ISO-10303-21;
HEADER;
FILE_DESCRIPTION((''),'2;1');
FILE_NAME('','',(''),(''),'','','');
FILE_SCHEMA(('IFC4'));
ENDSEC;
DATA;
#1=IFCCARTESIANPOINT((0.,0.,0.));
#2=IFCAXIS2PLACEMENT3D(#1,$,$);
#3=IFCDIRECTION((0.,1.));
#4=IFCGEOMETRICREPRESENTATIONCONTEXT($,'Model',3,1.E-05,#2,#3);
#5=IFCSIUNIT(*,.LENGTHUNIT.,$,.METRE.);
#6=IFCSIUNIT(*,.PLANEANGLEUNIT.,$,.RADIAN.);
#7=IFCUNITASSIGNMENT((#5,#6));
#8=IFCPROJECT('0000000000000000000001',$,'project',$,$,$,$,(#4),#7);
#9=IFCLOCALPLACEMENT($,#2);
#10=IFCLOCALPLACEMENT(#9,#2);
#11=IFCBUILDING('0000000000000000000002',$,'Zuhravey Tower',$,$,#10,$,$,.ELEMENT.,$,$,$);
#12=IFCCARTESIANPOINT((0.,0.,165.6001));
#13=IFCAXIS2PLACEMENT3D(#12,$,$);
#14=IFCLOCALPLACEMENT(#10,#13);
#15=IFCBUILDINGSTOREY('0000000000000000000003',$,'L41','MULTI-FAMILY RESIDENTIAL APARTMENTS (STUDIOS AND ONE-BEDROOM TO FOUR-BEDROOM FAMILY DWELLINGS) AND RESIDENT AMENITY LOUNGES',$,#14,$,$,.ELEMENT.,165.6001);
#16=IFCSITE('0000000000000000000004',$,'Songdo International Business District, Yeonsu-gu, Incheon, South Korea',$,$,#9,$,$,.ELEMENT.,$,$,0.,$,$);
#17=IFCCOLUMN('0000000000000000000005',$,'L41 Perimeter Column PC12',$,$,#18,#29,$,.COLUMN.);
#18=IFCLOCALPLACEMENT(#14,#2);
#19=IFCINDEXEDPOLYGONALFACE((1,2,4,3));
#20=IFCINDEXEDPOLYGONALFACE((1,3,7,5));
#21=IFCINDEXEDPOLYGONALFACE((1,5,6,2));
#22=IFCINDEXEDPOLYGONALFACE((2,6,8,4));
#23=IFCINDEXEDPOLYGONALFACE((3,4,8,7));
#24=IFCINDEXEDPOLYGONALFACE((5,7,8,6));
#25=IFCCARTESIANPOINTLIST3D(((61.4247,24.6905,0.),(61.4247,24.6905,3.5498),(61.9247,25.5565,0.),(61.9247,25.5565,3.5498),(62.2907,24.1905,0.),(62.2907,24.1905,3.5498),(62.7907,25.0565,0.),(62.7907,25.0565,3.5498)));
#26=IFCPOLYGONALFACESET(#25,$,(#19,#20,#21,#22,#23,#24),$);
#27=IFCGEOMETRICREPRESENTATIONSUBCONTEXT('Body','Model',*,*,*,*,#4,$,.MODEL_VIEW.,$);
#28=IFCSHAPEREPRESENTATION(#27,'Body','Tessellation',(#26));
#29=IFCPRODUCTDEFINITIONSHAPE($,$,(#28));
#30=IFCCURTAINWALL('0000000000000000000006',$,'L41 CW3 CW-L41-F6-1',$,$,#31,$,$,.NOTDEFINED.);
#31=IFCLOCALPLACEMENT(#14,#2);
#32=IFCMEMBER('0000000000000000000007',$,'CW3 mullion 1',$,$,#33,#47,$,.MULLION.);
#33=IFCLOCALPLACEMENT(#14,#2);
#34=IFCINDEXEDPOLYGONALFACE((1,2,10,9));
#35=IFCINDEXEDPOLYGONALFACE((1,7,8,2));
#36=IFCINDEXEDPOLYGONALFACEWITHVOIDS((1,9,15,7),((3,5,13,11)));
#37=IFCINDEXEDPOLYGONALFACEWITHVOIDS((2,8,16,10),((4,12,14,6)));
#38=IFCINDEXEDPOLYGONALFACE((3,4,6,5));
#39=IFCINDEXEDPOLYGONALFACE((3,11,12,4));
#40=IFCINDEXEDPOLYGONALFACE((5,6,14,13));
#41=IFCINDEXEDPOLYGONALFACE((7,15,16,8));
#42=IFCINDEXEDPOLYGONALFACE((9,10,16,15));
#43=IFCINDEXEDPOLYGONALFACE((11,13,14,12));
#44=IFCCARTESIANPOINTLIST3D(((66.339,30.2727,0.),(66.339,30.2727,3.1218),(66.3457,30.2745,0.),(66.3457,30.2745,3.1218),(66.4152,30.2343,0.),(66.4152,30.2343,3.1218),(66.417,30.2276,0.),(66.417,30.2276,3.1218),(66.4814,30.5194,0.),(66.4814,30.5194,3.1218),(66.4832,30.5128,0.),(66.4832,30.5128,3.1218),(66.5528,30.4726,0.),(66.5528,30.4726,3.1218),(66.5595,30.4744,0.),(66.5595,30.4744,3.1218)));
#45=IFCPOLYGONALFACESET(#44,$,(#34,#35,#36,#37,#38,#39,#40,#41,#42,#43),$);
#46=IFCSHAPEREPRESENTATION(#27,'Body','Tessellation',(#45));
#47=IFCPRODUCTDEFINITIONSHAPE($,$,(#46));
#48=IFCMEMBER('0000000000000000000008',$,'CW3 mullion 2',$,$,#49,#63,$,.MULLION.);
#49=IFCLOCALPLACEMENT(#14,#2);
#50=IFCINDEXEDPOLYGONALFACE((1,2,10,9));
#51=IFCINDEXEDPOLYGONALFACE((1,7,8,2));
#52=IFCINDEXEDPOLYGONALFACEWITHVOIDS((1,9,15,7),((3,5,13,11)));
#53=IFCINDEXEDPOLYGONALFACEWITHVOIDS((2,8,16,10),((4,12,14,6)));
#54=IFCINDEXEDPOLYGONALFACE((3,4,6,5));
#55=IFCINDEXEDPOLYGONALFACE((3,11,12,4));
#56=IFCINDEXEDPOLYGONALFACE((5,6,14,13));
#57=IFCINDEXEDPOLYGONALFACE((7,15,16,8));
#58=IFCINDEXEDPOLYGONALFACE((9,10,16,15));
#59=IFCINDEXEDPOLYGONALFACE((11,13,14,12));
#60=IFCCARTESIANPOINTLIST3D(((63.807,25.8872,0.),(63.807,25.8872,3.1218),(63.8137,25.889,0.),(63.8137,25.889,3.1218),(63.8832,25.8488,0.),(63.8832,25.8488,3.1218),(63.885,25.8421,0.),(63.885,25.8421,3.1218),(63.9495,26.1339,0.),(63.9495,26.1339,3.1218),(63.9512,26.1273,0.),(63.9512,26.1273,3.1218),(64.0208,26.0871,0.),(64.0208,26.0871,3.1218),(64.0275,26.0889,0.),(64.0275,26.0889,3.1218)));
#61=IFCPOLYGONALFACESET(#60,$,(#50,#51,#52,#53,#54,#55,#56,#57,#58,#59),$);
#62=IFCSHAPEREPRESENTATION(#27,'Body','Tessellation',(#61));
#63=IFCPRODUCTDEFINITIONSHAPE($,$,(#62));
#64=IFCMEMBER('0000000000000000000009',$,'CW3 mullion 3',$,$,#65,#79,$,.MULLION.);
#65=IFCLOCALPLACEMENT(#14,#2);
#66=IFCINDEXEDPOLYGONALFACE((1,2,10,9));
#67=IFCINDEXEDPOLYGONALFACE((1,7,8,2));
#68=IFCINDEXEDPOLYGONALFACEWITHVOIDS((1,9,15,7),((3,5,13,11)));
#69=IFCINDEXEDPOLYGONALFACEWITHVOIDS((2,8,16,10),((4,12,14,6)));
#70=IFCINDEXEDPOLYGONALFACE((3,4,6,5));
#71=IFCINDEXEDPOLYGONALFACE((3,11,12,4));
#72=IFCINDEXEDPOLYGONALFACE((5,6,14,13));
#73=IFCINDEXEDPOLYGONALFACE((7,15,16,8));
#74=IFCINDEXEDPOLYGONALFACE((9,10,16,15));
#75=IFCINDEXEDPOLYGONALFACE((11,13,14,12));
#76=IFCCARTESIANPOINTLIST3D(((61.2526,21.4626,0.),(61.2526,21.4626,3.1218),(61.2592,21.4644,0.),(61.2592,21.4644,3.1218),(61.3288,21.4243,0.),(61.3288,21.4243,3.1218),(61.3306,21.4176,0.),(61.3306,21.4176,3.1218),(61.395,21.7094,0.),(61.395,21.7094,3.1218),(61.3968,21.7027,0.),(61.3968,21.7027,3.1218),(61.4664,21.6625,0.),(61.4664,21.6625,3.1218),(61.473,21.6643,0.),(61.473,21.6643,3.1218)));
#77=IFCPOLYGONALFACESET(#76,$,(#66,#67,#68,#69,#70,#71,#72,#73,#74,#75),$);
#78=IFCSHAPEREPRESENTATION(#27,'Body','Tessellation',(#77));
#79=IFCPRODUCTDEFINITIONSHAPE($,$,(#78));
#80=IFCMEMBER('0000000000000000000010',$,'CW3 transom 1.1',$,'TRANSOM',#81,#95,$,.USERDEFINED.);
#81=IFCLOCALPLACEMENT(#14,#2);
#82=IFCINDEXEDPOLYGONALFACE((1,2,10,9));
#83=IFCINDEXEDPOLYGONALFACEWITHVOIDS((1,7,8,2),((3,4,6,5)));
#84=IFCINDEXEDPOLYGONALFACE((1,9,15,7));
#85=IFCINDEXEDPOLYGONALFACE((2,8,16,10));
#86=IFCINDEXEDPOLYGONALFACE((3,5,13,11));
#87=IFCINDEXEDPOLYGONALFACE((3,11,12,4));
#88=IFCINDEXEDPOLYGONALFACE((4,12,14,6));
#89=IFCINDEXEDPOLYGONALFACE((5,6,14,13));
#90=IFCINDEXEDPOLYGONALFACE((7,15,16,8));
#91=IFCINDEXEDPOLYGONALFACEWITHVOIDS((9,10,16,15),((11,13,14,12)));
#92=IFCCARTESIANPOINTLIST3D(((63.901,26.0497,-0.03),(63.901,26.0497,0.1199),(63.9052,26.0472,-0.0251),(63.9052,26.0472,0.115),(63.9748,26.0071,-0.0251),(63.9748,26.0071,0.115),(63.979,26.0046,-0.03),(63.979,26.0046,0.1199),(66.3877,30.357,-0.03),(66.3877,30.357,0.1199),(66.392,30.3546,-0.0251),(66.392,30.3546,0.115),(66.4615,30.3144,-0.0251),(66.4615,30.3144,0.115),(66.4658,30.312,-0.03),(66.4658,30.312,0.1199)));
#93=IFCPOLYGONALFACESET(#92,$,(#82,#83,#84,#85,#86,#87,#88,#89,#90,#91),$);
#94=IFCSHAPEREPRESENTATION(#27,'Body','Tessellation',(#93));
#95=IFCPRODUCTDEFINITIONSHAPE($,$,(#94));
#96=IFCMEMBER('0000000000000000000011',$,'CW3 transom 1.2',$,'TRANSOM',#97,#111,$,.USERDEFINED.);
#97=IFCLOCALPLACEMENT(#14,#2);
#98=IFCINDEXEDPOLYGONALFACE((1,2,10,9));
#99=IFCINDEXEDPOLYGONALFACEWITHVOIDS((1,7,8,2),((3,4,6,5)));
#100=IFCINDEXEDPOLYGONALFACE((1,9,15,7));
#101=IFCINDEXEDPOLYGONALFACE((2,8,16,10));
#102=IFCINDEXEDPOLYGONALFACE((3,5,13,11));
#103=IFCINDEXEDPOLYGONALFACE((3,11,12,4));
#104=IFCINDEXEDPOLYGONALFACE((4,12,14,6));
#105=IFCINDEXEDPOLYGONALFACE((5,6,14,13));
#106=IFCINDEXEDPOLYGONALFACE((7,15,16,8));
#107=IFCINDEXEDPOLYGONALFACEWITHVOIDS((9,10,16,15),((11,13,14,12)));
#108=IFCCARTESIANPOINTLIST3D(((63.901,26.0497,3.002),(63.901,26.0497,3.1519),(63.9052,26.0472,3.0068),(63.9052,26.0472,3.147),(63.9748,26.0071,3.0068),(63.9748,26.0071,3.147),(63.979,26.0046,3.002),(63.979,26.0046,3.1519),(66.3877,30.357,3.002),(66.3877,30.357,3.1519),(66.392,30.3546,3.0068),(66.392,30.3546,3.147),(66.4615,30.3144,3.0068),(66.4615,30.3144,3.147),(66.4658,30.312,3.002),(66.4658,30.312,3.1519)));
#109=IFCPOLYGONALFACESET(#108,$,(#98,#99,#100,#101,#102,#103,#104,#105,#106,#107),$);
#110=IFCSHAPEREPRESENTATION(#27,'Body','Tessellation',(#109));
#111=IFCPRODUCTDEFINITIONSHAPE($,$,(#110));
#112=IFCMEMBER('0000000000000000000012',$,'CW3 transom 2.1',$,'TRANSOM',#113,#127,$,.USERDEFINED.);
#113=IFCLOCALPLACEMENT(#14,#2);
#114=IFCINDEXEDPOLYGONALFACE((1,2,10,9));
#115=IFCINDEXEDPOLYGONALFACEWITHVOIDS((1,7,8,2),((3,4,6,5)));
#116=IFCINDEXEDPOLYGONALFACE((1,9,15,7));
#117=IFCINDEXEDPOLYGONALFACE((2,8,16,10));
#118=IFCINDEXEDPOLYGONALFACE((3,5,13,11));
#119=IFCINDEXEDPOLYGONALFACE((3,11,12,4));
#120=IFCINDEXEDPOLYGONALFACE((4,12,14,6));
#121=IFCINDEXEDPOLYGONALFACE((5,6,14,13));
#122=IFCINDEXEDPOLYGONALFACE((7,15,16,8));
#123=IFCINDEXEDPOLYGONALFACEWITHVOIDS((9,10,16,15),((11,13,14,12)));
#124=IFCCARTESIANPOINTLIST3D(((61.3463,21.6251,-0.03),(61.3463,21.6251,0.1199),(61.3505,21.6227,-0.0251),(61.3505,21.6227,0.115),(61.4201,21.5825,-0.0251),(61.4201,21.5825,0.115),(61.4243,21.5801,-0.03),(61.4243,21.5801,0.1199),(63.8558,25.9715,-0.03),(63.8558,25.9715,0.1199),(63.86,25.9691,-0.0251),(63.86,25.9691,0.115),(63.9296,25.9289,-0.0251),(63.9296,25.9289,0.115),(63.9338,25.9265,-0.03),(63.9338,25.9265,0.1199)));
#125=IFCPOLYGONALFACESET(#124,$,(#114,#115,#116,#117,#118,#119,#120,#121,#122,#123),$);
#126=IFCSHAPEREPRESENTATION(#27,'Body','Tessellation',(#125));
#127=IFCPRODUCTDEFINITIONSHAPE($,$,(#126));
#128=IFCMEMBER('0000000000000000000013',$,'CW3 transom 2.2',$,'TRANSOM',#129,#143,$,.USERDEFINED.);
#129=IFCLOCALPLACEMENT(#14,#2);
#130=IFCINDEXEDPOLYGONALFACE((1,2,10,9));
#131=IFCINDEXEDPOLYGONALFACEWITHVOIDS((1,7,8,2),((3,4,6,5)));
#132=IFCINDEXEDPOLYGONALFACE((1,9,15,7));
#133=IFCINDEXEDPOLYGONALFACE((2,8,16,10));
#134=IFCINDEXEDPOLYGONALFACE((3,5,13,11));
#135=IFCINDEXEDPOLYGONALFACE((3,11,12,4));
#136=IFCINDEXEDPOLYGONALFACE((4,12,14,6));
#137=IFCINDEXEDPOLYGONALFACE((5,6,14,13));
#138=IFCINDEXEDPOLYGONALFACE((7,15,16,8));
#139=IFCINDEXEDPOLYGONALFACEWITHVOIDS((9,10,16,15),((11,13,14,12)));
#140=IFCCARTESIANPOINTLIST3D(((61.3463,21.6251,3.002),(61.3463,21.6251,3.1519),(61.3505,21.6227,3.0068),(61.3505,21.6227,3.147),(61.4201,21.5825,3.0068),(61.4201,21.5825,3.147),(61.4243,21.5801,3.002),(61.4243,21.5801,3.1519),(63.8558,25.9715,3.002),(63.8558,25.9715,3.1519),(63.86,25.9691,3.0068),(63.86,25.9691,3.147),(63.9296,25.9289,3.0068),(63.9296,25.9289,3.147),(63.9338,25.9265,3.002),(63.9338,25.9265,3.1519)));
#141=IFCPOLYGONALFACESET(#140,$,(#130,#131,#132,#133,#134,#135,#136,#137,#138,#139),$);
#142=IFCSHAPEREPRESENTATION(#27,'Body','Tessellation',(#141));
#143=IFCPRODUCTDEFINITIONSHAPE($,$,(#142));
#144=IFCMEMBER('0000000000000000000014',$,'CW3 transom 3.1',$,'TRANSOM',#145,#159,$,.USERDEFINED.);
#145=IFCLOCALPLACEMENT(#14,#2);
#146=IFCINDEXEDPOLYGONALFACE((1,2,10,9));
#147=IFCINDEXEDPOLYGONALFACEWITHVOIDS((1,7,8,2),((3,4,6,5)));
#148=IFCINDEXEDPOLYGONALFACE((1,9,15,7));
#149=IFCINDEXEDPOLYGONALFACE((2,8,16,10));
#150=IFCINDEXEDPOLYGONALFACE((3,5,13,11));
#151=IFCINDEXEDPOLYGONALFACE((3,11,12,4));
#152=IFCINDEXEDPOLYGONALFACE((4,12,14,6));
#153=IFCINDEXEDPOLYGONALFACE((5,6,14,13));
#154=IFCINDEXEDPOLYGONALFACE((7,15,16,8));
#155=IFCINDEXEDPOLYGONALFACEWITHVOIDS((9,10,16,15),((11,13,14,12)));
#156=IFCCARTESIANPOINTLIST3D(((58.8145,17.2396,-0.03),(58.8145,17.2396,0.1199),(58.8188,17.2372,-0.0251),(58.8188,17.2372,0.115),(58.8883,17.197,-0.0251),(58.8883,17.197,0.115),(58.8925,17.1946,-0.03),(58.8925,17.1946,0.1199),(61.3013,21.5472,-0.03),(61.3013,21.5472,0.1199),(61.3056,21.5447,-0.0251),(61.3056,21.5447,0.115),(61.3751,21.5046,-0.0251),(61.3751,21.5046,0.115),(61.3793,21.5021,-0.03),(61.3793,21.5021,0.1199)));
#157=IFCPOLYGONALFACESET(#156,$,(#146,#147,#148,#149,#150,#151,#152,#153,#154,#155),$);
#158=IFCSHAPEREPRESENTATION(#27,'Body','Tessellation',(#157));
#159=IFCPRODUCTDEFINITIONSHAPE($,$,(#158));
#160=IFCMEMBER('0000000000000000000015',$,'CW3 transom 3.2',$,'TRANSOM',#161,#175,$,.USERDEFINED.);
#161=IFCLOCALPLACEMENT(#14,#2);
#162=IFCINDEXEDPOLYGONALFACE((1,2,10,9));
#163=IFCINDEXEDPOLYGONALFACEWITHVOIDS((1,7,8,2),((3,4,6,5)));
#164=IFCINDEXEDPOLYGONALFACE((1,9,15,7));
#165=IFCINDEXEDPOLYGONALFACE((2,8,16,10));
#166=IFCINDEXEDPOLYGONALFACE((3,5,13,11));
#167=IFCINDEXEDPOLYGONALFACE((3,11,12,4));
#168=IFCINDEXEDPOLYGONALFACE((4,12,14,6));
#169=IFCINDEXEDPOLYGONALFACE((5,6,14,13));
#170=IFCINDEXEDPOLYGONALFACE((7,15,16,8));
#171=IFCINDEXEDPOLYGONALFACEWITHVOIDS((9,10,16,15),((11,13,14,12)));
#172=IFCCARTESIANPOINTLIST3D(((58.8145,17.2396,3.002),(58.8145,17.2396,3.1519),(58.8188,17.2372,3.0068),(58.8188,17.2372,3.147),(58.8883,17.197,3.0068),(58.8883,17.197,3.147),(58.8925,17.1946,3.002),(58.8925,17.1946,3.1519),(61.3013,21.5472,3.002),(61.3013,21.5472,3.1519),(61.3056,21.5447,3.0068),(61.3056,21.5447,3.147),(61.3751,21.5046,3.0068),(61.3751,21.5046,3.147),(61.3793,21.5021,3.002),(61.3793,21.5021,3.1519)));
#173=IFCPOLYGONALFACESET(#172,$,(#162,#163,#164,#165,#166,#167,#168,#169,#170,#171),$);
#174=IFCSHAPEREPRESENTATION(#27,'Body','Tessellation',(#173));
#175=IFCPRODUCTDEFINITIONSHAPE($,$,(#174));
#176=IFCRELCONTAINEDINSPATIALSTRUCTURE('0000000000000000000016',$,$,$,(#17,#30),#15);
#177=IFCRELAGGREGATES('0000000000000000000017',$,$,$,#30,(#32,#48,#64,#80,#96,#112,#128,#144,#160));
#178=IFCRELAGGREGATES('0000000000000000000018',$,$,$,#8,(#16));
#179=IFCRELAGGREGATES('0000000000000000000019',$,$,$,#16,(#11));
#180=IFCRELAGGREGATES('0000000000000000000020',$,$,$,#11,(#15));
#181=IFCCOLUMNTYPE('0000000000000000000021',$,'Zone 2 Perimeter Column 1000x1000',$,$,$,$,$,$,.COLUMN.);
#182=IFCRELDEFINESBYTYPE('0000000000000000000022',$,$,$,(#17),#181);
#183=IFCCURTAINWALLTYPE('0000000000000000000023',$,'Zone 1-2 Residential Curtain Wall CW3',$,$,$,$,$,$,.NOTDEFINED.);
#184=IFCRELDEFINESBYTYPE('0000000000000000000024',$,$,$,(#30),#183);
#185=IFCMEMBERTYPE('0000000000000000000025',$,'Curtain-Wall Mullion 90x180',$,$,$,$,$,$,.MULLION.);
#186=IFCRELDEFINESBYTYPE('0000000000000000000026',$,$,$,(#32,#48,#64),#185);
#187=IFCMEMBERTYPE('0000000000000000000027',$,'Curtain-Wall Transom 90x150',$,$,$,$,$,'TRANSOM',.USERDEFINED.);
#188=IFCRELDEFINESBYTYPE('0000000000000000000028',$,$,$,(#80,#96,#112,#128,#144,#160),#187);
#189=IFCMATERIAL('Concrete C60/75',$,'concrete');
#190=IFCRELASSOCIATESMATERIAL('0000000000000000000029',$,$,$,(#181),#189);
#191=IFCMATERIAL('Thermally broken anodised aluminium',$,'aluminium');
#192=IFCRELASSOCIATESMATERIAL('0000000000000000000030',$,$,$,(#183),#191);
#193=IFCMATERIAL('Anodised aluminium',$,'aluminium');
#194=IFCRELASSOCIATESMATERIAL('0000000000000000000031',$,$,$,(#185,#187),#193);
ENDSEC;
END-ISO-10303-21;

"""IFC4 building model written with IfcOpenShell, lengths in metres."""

from ifc_helpers import new_model, si_unit, direction, frame, origin, origin_2d, place, context, subcontext, project, spatial, rectangle, hollow_rectangle, extrude, material, material_profile, profile_set, type_object, element, aggregate, save


model = new_model("IFC4")

# Units and contexts
model_context = context("Model", 3, precision=1e-05, world=origin(), true_north=direction((0.0, 1.0)))
body_context = subcontext(model_context, "Body", "Model", "MODEL_VIEW")
ifc_project = project(units=[si_unit("LENGTHUNIT", "METRE"), si_unit("PLANEANGLEUNIT", "RADIAN")], contexts=[model_context])

# Site, building, storey
site_placement = place(None, origin())
site = spatial("IfcSite", under=ifc_project, at=site_placement, Name="Songdo International Business District, Yeonsu-gu, Incheon, South Korea", CompositionType="ELEMENT", RefElevation=0.0)
building_placement = place(site_placement, origin())
building = spatial("IfcBuilding", under=site, at=building_placement, Name="Zuhravey Tower", CompositionType="ELEMENT")
storey_placement = place(building_placement, frame((0.0, 0.0, 165.6001)))
storey = spatial("IfcBuildingStorey", under=building, at=storey_placement, Name="L41", Description="MULTI-FAMILY RESIDENTIAL APARTMENTS (STUDIOS AND ONE-BEDROOM TO FOUR-BEDROOM FAMILY DWELLINGS) AND RESIDENT AMENITY LOUNGES", CompositionType="ELEMENT", Elevation=165.6001)

# Column
ifc_material_1 = material(Name="Concrete C60/75", Category="concrete")
ifc_material_profile_1 = material_profile(ifc_material_1, rectangle(XDim=1.0, YDim=1.0, at=origin_2d()), Name="RC-1000x1000")
ifc_profile_set_1 = profile_set([ifc_material_profile_1], Name="Concrete C60/75")
column_type = type_object("IfcColumnType", Name="Zone 2 Perimeter Column 1000x1000", PredefinedType="COLUMN", material=ifc_profile_set_1)
column_placement = place(storey_placement, frame((62.1077, 24.8735, 0.0), z_axis=(0.0, 0.0, 1.0), x_axis=(0.5, 0.866025, 0.0)))
element("IfcColumn", 1, at=column_placement, inside=storey, type_object=column_type, Name="L41 Perimeter Column PC12", PredefinedType="COLUMN", context=body_context, shape_type="SweptSolid", body=[
    extrude(rectangle(XDim=1.0, YDim=1.0, at=origin_2d()), origin(), (0.0, 0.0, 1.0), 3.5498),
])

# Curtain wall, members
ifc_material_2 = material(Name="Thermally broken anodised aluminium", Category="aluminium")
curtain_wall_type = type_object("IfcCurtainWallType", Name="Zone 1-2 Residential Curtain Wall CW3", PredefinedType="NOTDEFINED", material=ifc_material_2)
curtain_wall_placement = place(storey_placement, origin())
curtain_wall = element("IfcCurtainWall", 2, at=curtain_wall_placement, inside=storey, type_object=curtain_wall_type, Name="L41 CW3 CW-L41-F6-1", PredefinedType="NOTDEFINED")
ifc_material_3 = material(Name="Anodised aluminium", Category="aluminium")
ifc_material_profile_2 = material_profile(ifc_material_3, hollow_rectangle(XDim=0.0901, YDim=0.2849, WallThickness=0.0049, at=origin_2d()), Name="ALU-RHS-90x285x5")
ifc_profile_set_2 = profile_set([ifc_material_profile_2], Name="Anodised aluminium")
member_type_1 = type_object("IfcMemberType", Name="Curtain-Wall Mullion 90x180", PredefinedType="MULLION", material=ifc_profile_set_2)
member_1_placement = place(storey_placement, frame((66.4492, 30.3735, 0.0), z_axis=(0.0, 0.0, 1.0), x_axis=(0.866025, -0.5, 0.0)))
member_1 = element("IfcMember", 3, at=member_1_placement, type_object=member_type_1, Name="CW3 mullion 1", PredefinedType="MULLION", context=body_context, shape_type="SweptSolid", body=[
    extrude(hollow_rectangle(XDim=0.0901, YDim=0.2849, WallThickness=0.0049, at=origin_2d()), origin(), (0.0, 0.0, 1.0), 3.1218),
])
member_2_placement = place(storey_placement, frame((63.9172, 25.988, 0.0), z_axis=(0.0, 0.0, 1.0), x_axis=(0.866025, -0.5, 0.0)))
member_2 = element("IfcMember", 4, at=member_2_placement, type_object=member_type_1, Name="CW3 mullion 2", PredefinedType="MULLION", context=body_context, shape_type="SweptSolid", body=[
    extrude(hollow_rectangle(XDim=0.0901, YDim=0.2849, WallThickness=0.0049, at=origin_2d()), origin(), (0.0, 0.0, 1.0), 3.1218),
])
member_3_placement = place(storey_placement, frame((61.3628, 21.5635, 0.0), z_axis=(0.0, 0.0, 1.0), x_axis=(0.866025, -0.5, 0.0)))
member_3 = element("IfcMember", 5, at=member_3_placement, type_object=member_type_1, Name="CW3 mullion 3", PredefinedType="MULLION", context=body_context, shape_type="SweptSolid", body=[
    extrude(hollow_rectangle(XDim=0.0901, YDim=0.2849, WallThickness=0.0049, at=origin_2d()), origin(), (0.0, 0.0, 1.0), 3.1218),
])
ifc_material_profile_3 = material_profile(ifc_material_3, hollow_rectangle(XDim=0.0901, YDim=0.1499, WallThickness=0.0049, at=origin_2d()), Name="ALU-RHS-90x150x5")
ifc_profile_set_3 = profile_set([ifc_material_profile_3], Name="Anodised aluminium")
member_type_2 = type_object("IfcMemberType", Name="Curtain-Wall Transom 90x150", ElementType="TRANSOM", PredefinedType="USERDEFINED", material=ifc_profile_set_3)
member_4_placement = place(storey_placement, frame((66.4268, 30.3345, 0.0449), z_axis=(-0.499993, -0.866029, 0.0), x_axis=(0.866029, -0.499993, 0.0)))
member_4 = element("IfcMember", 6, at=member_4_placement, type_object=member_type_2, Name="CW3 transom 1.1", ObjectType="TRANSOM", PredefinedType="USERDEFINED", context=body_context, shape_type="SweptSolid", body=[
    extrude(hollow_rectangle(XDim=0.0901, YDim=0.1499, WallThickness=0.0049, at=origin_2d()), origin(), (0.0, 0.0, 1.0), 4.9736),
])
member_5_placement = place(storey_placement, frame((66.4268, 30.3345, 3.0769), z_axis=(-0.499993, -0.866029, 0.0), x_axis=(0.866029, -0.499993, 0.0)))
member_5 = element("IfcMember", 7, at=member_5_placement, type_object=member_type_2, Name="CW3 transom 1.2", ObjectType="TRANSOM", PredefinedType="USERDEFINED", context=body_context, shape_type="SweptSolid", body=[
    extrude(hollow_rectangle(XDim=0.0901, YDim=0.1499, WallThickness=0.0049, at=origin_2d()), origin(), (0.0, 0.0, 1.0), 4.9736),
])
member_6_placement = place(storey_placement, frame((63.8948, 25.949, 0.0449), z_axis=(-0.500016, -0.866016, 0.0), x_axis=(0.866016, -0.500016, 0.0)))
member_6 = element("IfcMember", 8, at=member_6_placement, type_object=member_type_2, Name="CW3 transom 2.1", ObjectType="TRANSOM", PredefinedType="USERDEFINED", context=body_context, shape_type="SweptSolid", body=[
    extrude(hollow_rectangle(XDim=0.0901, YDim=0.1499, WallThickness=0.0049, at=origin_2d()), origin(), (0.0, 0.0, 1.0), 5.0188),
])
member_7_placement = place(storey_placement, frame((63.8948, 25.949, 3.0769), z_axis=(-0.500016, -0.866016, 0.0), x_axis=(0.866016, -0.500016, 0.0)))
member_7 = element("IfcMember", 9, at=member_7_placement, type_object=member_type_2, Name="CW3 transom 2.2", ObjectType="TRANSOM", PredefinedType="USERDEFINED", context=body_context, shape_type="SweptSolid", body=[
    extrude(hollow_rectangle(XDim=0.0901, YDim=0.1499, WallThickness=0.0049, at=origin_2d()), origin(), (0.0, 0.0, 1.0), 5.0188),
])
member_8_placement = place(storey_placement, frame((61.3403, 21.5247, 0.0449), z_axis=(-0.499972, -0.866042, 0.0), x_axis=(0.866042, -0.499972, 0.0)))
member_8 = element("IfcMember", 10, at=member_8_placement, type_object=member_type_2, Name="CW3 transom 3.1", ObjectType="TRANSOM", PredefinedType="USERDEFINED", context=body_context, shape_type="SweptSolid", body=[
    extrude(hollow_rectangle(XDim=0.0901, YDim=0.1499, WallThickness=0.0049, at=origin_2d()), origin(), (0.0, 0.0, 1.0), 4.9739),
])
member_9_placement = place(storey_placement, frame((61.3403, 21.5247, 3.0769), z_axis=(-0.499972, -0.866042, 0.0), x_axis=(0.866042, -0.499972, 0.0)))
member_9 = element("IfcMember", 11, at=member_9_placement, type_object=member_type_2, Name="CW3 transom 3.2", ObjectType="TRANSOM", PredefinedType="USERDEFINED", context=body_context, shape_type="SweptSolid", body=[
    extrude(hollow_rectangle(XDim=0.0901, YDim=0.1499, WallThickness=0.0049, at=origin_2d()), origin(), (0.0, 0.0, 1.0), 4.9739),
])

aggregate(curtain_wall, [member_1, member_2, member_3, member_4, member_5, member_6, member_7, member_8, member_9])

save(model, "model.ifc")
